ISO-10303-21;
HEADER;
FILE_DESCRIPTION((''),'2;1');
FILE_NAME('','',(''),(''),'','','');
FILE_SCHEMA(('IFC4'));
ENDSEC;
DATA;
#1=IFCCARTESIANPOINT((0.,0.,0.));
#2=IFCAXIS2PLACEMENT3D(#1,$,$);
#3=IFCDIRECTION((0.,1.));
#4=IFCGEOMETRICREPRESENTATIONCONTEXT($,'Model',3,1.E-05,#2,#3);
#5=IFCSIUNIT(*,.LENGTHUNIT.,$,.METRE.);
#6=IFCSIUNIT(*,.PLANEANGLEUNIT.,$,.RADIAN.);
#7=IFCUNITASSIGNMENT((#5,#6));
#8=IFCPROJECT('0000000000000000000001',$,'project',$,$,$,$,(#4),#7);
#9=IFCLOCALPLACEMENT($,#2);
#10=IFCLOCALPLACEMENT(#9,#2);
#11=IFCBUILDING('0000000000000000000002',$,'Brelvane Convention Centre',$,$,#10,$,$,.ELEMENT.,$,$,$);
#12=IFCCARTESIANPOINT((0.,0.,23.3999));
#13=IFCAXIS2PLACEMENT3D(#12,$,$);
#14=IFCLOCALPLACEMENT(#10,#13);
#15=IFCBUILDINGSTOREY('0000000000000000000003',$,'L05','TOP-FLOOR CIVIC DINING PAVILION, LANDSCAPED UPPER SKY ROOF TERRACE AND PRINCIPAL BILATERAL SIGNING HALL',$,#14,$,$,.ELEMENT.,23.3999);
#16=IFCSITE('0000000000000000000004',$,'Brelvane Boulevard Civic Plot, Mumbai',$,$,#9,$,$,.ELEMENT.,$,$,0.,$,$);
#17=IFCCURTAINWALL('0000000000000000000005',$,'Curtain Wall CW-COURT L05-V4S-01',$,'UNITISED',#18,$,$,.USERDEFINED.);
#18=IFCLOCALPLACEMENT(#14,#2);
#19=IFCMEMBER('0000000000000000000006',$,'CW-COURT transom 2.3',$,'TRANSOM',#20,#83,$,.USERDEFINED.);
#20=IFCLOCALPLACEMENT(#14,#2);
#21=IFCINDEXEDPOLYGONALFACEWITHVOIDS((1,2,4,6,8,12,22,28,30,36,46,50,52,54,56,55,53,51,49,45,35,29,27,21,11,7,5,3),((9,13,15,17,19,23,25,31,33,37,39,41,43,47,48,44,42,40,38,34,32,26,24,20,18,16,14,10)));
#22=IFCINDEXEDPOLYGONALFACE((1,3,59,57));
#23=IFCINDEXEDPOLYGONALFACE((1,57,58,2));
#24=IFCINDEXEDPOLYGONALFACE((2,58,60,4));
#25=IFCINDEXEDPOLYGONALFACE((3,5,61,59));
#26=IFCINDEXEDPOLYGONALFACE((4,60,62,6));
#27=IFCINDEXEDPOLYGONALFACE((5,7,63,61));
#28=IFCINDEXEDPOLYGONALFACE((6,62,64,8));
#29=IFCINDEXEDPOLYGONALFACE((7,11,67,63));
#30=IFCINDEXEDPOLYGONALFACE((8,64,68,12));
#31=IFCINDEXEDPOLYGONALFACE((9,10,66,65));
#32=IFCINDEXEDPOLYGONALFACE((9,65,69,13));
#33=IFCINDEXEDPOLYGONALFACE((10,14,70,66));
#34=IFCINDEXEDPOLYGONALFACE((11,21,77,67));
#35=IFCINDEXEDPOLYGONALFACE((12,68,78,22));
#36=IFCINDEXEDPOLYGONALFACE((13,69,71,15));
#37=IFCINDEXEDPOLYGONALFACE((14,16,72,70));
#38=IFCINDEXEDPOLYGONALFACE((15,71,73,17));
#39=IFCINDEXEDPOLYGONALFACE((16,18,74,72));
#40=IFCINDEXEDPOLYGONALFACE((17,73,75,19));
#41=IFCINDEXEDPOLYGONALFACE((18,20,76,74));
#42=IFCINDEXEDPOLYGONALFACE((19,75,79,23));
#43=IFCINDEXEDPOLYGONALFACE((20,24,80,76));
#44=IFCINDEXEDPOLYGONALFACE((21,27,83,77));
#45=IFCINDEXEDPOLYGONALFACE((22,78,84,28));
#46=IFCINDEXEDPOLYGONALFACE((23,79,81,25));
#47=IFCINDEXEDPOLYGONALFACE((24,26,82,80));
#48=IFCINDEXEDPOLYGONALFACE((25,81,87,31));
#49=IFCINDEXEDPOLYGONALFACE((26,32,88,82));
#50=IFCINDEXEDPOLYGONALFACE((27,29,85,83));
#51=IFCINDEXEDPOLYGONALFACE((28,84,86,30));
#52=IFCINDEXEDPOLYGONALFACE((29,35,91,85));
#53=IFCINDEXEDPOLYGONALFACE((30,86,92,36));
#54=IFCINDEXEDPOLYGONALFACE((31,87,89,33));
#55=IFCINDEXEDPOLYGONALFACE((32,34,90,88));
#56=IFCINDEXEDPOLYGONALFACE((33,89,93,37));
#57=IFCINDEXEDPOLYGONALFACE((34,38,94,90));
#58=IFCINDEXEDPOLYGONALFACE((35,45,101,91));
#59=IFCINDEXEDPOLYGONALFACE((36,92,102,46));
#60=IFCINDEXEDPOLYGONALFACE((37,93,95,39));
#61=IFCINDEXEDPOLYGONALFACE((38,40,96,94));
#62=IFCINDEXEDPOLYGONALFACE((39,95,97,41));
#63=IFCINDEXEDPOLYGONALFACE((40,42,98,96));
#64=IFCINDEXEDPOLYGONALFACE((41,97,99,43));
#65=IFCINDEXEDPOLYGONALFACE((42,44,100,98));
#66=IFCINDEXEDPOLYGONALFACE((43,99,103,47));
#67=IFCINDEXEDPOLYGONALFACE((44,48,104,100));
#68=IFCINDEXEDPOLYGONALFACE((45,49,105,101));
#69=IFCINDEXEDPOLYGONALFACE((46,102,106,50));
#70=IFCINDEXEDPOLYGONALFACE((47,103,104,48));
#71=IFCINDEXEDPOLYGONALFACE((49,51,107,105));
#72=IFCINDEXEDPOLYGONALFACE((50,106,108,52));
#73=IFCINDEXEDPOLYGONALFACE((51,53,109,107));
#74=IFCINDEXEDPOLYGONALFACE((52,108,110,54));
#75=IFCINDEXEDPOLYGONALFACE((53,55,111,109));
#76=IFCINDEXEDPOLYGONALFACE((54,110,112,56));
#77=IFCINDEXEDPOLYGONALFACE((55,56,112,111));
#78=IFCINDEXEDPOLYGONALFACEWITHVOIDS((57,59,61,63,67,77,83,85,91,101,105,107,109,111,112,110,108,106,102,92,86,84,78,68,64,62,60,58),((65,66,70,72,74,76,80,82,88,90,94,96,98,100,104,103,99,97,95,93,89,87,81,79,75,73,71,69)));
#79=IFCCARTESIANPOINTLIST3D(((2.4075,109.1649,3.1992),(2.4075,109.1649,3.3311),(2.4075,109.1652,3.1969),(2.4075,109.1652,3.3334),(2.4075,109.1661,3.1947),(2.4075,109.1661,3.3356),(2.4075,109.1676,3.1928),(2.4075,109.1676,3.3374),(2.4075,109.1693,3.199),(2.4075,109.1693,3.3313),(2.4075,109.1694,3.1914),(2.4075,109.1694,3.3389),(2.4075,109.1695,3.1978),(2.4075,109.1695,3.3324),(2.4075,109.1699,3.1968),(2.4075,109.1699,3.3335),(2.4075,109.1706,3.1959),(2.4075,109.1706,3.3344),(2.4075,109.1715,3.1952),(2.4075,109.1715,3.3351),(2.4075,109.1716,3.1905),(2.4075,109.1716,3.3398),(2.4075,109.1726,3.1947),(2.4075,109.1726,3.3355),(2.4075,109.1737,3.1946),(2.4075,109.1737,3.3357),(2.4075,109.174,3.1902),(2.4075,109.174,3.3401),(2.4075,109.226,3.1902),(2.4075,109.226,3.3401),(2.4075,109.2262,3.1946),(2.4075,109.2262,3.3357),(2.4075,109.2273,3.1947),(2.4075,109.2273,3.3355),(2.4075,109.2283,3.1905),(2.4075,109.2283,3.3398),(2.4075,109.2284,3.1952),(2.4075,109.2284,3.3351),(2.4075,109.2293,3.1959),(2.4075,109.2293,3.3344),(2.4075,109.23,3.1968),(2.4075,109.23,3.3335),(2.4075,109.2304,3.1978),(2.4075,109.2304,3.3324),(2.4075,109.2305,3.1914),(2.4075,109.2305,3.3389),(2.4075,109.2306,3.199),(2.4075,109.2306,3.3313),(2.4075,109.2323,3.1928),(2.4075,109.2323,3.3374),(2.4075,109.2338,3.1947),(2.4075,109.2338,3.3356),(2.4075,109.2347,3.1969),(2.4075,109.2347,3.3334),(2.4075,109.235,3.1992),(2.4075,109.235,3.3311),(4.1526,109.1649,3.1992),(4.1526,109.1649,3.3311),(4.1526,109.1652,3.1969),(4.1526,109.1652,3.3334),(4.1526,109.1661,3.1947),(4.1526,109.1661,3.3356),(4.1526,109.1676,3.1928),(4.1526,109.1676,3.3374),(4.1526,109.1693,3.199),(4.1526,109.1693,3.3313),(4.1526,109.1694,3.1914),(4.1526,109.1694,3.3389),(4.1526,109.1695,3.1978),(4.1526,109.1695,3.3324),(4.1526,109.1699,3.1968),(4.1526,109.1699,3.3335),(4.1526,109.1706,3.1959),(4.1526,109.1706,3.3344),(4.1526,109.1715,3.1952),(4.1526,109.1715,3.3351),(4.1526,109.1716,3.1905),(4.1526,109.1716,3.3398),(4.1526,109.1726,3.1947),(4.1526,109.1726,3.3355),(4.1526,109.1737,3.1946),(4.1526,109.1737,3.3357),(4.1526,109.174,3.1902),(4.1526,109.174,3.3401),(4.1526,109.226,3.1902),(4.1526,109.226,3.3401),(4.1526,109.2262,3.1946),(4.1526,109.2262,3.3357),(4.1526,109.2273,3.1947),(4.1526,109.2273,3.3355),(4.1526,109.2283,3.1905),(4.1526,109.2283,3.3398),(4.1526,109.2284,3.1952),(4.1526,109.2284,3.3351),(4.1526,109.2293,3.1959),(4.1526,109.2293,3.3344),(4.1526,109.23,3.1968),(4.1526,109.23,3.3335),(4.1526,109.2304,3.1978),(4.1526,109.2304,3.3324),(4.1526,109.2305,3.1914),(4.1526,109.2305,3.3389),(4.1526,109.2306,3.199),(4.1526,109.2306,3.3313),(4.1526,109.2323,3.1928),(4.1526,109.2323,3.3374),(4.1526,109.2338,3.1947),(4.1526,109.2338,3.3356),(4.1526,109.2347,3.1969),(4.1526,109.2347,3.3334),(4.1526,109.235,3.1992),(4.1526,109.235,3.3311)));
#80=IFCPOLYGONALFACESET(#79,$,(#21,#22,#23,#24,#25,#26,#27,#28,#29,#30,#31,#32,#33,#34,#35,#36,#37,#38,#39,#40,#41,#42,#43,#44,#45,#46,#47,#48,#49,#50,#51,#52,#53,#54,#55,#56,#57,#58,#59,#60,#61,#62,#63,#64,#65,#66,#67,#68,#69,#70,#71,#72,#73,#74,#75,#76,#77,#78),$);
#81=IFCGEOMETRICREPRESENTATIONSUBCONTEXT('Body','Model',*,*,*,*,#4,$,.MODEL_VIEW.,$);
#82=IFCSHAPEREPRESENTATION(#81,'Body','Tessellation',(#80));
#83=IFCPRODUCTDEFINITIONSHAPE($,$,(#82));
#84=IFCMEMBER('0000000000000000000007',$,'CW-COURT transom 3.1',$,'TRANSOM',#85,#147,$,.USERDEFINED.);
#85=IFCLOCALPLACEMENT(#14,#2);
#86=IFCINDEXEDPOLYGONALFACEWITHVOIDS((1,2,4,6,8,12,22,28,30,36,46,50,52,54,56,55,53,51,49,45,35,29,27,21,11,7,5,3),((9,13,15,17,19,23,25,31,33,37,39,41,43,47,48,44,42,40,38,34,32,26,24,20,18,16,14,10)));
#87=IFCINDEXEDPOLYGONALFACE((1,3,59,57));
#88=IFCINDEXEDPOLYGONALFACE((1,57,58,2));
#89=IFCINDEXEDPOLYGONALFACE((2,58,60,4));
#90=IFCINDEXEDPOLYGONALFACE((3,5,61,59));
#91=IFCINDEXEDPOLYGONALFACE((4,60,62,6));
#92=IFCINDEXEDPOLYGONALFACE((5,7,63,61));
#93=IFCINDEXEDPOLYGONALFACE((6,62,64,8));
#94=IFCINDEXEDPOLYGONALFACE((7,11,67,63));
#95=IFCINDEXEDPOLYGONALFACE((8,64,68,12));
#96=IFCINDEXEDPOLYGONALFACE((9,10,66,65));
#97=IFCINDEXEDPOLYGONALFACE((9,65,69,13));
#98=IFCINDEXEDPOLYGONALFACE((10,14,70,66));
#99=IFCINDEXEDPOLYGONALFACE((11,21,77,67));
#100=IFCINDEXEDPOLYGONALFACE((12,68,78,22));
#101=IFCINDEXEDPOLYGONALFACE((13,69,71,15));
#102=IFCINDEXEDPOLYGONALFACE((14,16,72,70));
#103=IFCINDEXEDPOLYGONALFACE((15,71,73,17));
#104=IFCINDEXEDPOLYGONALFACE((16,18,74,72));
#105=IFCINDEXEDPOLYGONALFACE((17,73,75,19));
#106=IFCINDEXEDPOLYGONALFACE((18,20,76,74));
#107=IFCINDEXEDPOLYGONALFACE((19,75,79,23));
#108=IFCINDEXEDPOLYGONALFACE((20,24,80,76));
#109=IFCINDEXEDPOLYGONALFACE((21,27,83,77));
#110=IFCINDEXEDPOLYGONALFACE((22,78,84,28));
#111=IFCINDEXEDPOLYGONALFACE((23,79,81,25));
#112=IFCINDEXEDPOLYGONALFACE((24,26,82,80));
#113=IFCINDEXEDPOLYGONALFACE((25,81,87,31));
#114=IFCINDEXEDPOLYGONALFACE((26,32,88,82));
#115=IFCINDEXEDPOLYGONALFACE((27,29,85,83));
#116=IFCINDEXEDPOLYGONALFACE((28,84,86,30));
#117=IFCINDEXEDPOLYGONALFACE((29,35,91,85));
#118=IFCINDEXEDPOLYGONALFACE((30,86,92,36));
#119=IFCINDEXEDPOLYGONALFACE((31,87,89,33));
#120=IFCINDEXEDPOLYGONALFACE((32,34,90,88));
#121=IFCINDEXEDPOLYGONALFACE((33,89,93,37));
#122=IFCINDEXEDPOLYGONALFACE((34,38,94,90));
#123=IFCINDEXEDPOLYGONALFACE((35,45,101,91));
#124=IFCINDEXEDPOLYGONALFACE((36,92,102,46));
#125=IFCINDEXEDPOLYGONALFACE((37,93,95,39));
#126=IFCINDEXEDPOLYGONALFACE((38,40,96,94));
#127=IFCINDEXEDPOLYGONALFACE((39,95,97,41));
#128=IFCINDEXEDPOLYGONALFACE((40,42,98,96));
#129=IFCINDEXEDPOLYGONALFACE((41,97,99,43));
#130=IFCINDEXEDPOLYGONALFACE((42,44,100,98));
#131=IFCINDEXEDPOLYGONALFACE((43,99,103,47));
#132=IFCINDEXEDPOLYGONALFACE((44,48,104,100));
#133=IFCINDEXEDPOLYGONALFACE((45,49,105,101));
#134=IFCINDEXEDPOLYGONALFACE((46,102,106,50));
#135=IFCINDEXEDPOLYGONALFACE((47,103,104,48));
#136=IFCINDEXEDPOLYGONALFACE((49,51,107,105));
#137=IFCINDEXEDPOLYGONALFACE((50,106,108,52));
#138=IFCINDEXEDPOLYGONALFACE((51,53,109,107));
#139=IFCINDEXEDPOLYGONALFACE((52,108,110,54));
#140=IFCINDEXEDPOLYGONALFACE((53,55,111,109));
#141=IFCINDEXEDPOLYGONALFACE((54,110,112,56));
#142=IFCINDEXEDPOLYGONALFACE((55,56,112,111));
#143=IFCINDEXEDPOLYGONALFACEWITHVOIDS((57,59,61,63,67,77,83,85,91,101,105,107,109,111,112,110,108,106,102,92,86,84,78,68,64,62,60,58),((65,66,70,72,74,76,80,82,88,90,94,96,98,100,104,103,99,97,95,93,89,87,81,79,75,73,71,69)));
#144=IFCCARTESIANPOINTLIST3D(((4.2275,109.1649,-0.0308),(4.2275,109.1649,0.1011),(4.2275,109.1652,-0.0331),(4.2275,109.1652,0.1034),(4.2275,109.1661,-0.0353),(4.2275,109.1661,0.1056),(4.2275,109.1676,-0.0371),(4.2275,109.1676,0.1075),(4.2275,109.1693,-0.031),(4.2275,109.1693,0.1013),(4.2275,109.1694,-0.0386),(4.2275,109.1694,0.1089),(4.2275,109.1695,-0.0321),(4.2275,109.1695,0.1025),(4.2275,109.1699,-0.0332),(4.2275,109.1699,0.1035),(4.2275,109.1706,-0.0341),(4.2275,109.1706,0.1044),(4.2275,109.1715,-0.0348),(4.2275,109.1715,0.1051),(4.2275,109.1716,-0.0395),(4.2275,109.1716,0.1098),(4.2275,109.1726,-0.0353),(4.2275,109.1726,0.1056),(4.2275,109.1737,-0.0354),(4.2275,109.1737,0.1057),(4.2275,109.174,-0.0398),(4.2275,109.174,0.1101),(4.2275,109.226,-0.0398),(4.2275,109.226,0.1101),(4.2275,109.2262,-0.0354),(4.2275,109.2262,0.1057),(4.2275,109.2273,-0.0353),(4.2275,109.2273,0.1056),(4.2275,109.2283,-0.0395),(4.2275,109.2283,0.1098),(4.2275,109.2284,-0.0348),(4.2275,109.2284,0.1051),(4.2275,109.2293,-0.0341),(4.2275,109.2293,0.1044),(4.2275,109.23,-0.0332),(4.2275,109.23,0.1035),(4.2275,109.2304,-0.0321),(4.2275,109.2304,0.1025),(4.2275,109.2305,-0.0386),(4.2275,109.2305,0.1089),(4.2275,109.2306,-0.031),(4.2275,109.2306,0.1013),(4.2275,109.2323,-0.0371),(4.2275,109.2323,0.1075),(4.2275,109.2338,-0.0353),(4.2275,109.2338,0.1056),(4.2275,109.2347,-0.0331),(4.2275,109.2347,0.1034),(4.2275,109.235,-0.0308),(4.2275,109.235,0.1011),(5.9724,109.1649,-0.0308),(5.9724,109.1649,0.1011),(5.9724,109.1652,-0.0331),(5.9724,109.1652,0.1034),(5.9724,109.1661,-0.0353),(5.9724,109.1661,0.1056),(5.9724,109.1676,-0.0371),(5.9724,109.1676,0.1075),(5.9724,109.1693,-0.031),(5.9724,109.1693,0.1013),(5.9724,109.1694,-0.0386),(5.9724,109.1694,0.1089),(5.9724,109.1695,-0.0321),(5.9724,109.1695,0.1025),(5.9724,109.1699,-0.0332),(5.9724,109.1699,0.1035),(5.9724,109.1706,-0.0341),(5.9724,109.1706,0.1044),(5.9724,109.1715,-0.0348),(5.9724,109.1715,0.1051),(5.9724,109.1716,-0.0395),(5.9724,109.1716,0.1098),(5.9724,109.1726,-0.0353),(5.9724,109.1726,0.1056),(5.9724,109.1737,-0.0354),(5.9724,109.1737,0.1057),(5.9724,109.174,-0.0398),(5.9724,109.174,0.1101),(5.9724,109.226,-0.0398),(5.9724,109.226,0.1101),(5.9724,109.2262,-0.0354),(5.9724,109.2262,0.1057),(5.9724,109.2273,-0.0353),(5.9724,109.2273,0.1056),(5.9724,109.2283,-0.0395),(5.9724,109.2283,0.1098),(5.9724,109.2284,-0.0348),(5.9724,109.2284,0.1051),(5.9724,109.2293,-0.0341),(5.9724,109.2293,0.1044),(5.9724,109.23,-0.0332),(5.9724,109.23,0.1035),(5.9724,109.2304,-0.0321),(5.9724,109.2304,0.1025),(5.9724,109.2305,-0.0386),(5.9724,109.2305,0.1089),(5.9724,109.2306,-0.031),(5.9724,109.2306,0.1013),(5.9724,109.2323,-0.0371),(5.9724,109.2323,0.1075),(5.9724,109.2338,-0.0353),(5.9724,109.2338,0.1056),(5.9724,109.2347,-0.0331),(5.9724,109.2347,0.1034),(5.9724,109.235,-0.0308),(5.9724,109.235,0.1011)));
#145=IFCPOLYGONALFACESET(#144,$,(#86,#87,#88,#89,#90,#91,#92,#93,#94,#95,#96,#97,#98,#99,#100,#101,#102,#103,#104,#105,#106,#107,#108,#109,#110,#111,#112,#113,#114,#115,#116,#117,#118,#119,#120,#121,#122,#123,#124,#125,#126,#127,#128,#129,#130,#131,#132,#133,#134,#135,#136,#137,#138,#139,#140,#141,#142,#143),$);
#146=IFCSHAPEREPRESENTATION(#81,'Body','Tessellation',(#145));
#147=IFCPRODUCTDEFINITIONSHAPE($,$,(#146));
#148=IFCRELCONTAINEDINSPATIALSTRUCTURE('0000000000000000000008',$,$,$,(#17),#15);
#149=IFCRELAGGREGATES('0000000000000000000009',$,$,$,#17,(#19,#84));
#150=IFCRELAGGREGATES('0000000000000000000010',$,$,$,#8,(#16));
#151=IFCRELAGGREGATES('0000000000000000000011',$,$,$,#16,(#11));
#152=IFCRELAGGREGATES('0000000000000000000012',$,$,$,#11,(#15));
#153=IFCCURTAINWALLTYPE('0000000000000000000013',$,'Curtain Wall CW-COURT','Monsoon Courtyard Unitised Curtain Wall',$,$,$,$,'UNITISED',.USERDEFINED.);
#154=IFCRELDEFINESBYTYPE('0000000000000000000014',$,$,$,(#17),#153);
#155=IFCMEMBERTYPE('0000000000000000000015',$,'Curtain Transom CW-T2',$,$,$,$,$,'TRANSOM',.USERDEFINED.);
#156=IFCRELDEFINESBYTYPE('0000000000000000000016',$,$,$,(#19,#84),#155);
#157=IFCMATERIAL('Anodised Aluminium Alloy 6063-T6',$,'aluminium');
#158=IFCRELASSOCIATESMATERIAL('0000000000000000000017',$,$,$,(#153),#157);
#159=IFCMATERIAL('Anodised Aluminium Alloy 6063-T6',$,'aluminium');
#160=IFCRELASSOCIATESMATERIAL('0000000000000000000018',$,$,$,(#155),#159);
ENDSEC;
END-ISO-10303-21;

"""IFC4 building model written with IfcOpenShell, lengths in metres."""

from ifc_helpers import new_model, si_unit, direction, frame, origin, origin_2d, place, context, subcontext, project, spatial, hollow_rectangle, extrude, material, material_profile, profile_set, type_object, element, aggregate, save


model = new_model("IFC4")

# Units and contexts
model_context = context("Model", 3, precision=1e-05, world=origin(), true_north=direction((0.0, 1.0)))
body_context = subcontext(model_context, "Body", "Model", "MODEL_VIEW")
ifc_project = project(units=[si_unit("LENGTHUNIT", "METRE"), si_unit("PLANEANGLEUNIT", "RADIAN")], contexts=[model_context])

# Site, building, storey
site_placement = place(None, origin())
site = spatial("IfcSite", under=ifc_project, at=site_placement, Name="Brelvane Boulevard Civic Plot, Mumbai", CompositionType="ELEMENT", RefElevation=0.0)
building_placement = place(site_placement, origin())
building = spatial("IfcBuilding", under=site, at=building_placement, Name="Brelvane Convention Centre", CompositionType="ELEMENT")
storey_placement = place(building_placement, frame((0.0, 0.0, 23.3999)))
storey = spatial("IfcBuildingStorey", under=building, at=storey_placement, Name="L05", Description="TOP-FLOOR CIVIC DINING PAVILION, LANDSCAPED UPPER SKY ROOF TERRACE AND PRINCIPAL BILATERAL SIGNING HALL", CompositionType="ELEMENT", Elevation=23.3999)

# Curtain wall
ifc_material_1 = material(Name="Anodised Aluminium Alloy 6063-T6", Category="aluminium")
curtain_wall_type = type_object("IfcCurtainWallType", Name="Curtain Wall CW-COURT", Description="Monsoon Courtyard Unitised Curtain Wall", ElementType="UNITISED", PredefinedType="USERDEFINED", material=ifc_material_1)
curtain_wall_1_placement = place(storey_placement, origin())
curtain_wall_1 = element("IfcCurtainWall", 1, at=curtain_wall_1_placement, inside=storey, type_object=curtain_wall_type, Name="Curtain Wall CW-COURT L05-V4S-01", ObjectType="UNITISED", PredefinedType="USERDEFINED")

# Members
ifc_material_2 = material(Name="Anodised Aluminium Alloy 6063-T6", Category="aluminium")
ifc_material_profile_1 = material_profile(ifc_material_2, hollow_rectangle(XDim=0.0701, YDim=0.1499, WallThickness=0.0044, InnerFilletRadius=0.0044, OuterFilletRadius=0.009, at=origin_2d()), Name="ALU-T 150x70x4.5")
ifc_profile_set_1 = profile_set([ifc_material_profile_1], Name="Anodised Aluminium Alloy 6063-T6")
member_type_1 = type_object("IfcMemberType", Name="Curtain Transom CW-T2", ElementType="TRANSOM", PredefinedType="USERDEFINED", material=ifc_profile_set_1)
member_1_placement = place(storey_placement, frame((2.4075, 109.2, 3.2651), z_axis=(1.0, 0.0, 0.0), x_axis=(0.0, 1.0, 0.0)))
member_1 = element("IfcMember", 2, at=member_1_placement, type_object=member_type_1, Name="CW-COURT transom 2.3", ObjectType="TRANSOM", PredefinedType="USERDEFINED", context=body_context, shape_type="SweptSolid", body=[
    extrude(hollow_rectangle(XDim=0.0701, YDim=0.1499, WallThickness=0.0044, InnerFilletRadius=0.0044, OuterFilletRadius=0.009, at=origin_2d()), origin(), (0.0, 0.0, 1.0), 1.7451),
])
member_2_placement = place(storey_placement, frame((4.2275, 109.2, 0.0352), z_axis=(1.0, 0.0, 0.0), x_axis=(0.0, 1.0, 0.0)))
member_2 = element("IfcMember", 3, at=member_2_placement, type_object=member_type_1, Name="CW-COURT transom 3.1", ObjectType="TRANSOM", PredefinedType="USERDEFINED", context=body_context, shape_type="SweptSolid", body=[
    extrude(hollow_rectangle(XDim=0.0701, YDim=0.1499, WallThickness=0.0044, InnerFilletRadius=0.0044, OuterFilletRadius=0.009, at=origin_2d()), origin(), (0.0, 0.0, 1.0), 1.7449),
])

aggregate(curtain_wall_1, [member_1, member_2])

save(model, "model.ifc")
